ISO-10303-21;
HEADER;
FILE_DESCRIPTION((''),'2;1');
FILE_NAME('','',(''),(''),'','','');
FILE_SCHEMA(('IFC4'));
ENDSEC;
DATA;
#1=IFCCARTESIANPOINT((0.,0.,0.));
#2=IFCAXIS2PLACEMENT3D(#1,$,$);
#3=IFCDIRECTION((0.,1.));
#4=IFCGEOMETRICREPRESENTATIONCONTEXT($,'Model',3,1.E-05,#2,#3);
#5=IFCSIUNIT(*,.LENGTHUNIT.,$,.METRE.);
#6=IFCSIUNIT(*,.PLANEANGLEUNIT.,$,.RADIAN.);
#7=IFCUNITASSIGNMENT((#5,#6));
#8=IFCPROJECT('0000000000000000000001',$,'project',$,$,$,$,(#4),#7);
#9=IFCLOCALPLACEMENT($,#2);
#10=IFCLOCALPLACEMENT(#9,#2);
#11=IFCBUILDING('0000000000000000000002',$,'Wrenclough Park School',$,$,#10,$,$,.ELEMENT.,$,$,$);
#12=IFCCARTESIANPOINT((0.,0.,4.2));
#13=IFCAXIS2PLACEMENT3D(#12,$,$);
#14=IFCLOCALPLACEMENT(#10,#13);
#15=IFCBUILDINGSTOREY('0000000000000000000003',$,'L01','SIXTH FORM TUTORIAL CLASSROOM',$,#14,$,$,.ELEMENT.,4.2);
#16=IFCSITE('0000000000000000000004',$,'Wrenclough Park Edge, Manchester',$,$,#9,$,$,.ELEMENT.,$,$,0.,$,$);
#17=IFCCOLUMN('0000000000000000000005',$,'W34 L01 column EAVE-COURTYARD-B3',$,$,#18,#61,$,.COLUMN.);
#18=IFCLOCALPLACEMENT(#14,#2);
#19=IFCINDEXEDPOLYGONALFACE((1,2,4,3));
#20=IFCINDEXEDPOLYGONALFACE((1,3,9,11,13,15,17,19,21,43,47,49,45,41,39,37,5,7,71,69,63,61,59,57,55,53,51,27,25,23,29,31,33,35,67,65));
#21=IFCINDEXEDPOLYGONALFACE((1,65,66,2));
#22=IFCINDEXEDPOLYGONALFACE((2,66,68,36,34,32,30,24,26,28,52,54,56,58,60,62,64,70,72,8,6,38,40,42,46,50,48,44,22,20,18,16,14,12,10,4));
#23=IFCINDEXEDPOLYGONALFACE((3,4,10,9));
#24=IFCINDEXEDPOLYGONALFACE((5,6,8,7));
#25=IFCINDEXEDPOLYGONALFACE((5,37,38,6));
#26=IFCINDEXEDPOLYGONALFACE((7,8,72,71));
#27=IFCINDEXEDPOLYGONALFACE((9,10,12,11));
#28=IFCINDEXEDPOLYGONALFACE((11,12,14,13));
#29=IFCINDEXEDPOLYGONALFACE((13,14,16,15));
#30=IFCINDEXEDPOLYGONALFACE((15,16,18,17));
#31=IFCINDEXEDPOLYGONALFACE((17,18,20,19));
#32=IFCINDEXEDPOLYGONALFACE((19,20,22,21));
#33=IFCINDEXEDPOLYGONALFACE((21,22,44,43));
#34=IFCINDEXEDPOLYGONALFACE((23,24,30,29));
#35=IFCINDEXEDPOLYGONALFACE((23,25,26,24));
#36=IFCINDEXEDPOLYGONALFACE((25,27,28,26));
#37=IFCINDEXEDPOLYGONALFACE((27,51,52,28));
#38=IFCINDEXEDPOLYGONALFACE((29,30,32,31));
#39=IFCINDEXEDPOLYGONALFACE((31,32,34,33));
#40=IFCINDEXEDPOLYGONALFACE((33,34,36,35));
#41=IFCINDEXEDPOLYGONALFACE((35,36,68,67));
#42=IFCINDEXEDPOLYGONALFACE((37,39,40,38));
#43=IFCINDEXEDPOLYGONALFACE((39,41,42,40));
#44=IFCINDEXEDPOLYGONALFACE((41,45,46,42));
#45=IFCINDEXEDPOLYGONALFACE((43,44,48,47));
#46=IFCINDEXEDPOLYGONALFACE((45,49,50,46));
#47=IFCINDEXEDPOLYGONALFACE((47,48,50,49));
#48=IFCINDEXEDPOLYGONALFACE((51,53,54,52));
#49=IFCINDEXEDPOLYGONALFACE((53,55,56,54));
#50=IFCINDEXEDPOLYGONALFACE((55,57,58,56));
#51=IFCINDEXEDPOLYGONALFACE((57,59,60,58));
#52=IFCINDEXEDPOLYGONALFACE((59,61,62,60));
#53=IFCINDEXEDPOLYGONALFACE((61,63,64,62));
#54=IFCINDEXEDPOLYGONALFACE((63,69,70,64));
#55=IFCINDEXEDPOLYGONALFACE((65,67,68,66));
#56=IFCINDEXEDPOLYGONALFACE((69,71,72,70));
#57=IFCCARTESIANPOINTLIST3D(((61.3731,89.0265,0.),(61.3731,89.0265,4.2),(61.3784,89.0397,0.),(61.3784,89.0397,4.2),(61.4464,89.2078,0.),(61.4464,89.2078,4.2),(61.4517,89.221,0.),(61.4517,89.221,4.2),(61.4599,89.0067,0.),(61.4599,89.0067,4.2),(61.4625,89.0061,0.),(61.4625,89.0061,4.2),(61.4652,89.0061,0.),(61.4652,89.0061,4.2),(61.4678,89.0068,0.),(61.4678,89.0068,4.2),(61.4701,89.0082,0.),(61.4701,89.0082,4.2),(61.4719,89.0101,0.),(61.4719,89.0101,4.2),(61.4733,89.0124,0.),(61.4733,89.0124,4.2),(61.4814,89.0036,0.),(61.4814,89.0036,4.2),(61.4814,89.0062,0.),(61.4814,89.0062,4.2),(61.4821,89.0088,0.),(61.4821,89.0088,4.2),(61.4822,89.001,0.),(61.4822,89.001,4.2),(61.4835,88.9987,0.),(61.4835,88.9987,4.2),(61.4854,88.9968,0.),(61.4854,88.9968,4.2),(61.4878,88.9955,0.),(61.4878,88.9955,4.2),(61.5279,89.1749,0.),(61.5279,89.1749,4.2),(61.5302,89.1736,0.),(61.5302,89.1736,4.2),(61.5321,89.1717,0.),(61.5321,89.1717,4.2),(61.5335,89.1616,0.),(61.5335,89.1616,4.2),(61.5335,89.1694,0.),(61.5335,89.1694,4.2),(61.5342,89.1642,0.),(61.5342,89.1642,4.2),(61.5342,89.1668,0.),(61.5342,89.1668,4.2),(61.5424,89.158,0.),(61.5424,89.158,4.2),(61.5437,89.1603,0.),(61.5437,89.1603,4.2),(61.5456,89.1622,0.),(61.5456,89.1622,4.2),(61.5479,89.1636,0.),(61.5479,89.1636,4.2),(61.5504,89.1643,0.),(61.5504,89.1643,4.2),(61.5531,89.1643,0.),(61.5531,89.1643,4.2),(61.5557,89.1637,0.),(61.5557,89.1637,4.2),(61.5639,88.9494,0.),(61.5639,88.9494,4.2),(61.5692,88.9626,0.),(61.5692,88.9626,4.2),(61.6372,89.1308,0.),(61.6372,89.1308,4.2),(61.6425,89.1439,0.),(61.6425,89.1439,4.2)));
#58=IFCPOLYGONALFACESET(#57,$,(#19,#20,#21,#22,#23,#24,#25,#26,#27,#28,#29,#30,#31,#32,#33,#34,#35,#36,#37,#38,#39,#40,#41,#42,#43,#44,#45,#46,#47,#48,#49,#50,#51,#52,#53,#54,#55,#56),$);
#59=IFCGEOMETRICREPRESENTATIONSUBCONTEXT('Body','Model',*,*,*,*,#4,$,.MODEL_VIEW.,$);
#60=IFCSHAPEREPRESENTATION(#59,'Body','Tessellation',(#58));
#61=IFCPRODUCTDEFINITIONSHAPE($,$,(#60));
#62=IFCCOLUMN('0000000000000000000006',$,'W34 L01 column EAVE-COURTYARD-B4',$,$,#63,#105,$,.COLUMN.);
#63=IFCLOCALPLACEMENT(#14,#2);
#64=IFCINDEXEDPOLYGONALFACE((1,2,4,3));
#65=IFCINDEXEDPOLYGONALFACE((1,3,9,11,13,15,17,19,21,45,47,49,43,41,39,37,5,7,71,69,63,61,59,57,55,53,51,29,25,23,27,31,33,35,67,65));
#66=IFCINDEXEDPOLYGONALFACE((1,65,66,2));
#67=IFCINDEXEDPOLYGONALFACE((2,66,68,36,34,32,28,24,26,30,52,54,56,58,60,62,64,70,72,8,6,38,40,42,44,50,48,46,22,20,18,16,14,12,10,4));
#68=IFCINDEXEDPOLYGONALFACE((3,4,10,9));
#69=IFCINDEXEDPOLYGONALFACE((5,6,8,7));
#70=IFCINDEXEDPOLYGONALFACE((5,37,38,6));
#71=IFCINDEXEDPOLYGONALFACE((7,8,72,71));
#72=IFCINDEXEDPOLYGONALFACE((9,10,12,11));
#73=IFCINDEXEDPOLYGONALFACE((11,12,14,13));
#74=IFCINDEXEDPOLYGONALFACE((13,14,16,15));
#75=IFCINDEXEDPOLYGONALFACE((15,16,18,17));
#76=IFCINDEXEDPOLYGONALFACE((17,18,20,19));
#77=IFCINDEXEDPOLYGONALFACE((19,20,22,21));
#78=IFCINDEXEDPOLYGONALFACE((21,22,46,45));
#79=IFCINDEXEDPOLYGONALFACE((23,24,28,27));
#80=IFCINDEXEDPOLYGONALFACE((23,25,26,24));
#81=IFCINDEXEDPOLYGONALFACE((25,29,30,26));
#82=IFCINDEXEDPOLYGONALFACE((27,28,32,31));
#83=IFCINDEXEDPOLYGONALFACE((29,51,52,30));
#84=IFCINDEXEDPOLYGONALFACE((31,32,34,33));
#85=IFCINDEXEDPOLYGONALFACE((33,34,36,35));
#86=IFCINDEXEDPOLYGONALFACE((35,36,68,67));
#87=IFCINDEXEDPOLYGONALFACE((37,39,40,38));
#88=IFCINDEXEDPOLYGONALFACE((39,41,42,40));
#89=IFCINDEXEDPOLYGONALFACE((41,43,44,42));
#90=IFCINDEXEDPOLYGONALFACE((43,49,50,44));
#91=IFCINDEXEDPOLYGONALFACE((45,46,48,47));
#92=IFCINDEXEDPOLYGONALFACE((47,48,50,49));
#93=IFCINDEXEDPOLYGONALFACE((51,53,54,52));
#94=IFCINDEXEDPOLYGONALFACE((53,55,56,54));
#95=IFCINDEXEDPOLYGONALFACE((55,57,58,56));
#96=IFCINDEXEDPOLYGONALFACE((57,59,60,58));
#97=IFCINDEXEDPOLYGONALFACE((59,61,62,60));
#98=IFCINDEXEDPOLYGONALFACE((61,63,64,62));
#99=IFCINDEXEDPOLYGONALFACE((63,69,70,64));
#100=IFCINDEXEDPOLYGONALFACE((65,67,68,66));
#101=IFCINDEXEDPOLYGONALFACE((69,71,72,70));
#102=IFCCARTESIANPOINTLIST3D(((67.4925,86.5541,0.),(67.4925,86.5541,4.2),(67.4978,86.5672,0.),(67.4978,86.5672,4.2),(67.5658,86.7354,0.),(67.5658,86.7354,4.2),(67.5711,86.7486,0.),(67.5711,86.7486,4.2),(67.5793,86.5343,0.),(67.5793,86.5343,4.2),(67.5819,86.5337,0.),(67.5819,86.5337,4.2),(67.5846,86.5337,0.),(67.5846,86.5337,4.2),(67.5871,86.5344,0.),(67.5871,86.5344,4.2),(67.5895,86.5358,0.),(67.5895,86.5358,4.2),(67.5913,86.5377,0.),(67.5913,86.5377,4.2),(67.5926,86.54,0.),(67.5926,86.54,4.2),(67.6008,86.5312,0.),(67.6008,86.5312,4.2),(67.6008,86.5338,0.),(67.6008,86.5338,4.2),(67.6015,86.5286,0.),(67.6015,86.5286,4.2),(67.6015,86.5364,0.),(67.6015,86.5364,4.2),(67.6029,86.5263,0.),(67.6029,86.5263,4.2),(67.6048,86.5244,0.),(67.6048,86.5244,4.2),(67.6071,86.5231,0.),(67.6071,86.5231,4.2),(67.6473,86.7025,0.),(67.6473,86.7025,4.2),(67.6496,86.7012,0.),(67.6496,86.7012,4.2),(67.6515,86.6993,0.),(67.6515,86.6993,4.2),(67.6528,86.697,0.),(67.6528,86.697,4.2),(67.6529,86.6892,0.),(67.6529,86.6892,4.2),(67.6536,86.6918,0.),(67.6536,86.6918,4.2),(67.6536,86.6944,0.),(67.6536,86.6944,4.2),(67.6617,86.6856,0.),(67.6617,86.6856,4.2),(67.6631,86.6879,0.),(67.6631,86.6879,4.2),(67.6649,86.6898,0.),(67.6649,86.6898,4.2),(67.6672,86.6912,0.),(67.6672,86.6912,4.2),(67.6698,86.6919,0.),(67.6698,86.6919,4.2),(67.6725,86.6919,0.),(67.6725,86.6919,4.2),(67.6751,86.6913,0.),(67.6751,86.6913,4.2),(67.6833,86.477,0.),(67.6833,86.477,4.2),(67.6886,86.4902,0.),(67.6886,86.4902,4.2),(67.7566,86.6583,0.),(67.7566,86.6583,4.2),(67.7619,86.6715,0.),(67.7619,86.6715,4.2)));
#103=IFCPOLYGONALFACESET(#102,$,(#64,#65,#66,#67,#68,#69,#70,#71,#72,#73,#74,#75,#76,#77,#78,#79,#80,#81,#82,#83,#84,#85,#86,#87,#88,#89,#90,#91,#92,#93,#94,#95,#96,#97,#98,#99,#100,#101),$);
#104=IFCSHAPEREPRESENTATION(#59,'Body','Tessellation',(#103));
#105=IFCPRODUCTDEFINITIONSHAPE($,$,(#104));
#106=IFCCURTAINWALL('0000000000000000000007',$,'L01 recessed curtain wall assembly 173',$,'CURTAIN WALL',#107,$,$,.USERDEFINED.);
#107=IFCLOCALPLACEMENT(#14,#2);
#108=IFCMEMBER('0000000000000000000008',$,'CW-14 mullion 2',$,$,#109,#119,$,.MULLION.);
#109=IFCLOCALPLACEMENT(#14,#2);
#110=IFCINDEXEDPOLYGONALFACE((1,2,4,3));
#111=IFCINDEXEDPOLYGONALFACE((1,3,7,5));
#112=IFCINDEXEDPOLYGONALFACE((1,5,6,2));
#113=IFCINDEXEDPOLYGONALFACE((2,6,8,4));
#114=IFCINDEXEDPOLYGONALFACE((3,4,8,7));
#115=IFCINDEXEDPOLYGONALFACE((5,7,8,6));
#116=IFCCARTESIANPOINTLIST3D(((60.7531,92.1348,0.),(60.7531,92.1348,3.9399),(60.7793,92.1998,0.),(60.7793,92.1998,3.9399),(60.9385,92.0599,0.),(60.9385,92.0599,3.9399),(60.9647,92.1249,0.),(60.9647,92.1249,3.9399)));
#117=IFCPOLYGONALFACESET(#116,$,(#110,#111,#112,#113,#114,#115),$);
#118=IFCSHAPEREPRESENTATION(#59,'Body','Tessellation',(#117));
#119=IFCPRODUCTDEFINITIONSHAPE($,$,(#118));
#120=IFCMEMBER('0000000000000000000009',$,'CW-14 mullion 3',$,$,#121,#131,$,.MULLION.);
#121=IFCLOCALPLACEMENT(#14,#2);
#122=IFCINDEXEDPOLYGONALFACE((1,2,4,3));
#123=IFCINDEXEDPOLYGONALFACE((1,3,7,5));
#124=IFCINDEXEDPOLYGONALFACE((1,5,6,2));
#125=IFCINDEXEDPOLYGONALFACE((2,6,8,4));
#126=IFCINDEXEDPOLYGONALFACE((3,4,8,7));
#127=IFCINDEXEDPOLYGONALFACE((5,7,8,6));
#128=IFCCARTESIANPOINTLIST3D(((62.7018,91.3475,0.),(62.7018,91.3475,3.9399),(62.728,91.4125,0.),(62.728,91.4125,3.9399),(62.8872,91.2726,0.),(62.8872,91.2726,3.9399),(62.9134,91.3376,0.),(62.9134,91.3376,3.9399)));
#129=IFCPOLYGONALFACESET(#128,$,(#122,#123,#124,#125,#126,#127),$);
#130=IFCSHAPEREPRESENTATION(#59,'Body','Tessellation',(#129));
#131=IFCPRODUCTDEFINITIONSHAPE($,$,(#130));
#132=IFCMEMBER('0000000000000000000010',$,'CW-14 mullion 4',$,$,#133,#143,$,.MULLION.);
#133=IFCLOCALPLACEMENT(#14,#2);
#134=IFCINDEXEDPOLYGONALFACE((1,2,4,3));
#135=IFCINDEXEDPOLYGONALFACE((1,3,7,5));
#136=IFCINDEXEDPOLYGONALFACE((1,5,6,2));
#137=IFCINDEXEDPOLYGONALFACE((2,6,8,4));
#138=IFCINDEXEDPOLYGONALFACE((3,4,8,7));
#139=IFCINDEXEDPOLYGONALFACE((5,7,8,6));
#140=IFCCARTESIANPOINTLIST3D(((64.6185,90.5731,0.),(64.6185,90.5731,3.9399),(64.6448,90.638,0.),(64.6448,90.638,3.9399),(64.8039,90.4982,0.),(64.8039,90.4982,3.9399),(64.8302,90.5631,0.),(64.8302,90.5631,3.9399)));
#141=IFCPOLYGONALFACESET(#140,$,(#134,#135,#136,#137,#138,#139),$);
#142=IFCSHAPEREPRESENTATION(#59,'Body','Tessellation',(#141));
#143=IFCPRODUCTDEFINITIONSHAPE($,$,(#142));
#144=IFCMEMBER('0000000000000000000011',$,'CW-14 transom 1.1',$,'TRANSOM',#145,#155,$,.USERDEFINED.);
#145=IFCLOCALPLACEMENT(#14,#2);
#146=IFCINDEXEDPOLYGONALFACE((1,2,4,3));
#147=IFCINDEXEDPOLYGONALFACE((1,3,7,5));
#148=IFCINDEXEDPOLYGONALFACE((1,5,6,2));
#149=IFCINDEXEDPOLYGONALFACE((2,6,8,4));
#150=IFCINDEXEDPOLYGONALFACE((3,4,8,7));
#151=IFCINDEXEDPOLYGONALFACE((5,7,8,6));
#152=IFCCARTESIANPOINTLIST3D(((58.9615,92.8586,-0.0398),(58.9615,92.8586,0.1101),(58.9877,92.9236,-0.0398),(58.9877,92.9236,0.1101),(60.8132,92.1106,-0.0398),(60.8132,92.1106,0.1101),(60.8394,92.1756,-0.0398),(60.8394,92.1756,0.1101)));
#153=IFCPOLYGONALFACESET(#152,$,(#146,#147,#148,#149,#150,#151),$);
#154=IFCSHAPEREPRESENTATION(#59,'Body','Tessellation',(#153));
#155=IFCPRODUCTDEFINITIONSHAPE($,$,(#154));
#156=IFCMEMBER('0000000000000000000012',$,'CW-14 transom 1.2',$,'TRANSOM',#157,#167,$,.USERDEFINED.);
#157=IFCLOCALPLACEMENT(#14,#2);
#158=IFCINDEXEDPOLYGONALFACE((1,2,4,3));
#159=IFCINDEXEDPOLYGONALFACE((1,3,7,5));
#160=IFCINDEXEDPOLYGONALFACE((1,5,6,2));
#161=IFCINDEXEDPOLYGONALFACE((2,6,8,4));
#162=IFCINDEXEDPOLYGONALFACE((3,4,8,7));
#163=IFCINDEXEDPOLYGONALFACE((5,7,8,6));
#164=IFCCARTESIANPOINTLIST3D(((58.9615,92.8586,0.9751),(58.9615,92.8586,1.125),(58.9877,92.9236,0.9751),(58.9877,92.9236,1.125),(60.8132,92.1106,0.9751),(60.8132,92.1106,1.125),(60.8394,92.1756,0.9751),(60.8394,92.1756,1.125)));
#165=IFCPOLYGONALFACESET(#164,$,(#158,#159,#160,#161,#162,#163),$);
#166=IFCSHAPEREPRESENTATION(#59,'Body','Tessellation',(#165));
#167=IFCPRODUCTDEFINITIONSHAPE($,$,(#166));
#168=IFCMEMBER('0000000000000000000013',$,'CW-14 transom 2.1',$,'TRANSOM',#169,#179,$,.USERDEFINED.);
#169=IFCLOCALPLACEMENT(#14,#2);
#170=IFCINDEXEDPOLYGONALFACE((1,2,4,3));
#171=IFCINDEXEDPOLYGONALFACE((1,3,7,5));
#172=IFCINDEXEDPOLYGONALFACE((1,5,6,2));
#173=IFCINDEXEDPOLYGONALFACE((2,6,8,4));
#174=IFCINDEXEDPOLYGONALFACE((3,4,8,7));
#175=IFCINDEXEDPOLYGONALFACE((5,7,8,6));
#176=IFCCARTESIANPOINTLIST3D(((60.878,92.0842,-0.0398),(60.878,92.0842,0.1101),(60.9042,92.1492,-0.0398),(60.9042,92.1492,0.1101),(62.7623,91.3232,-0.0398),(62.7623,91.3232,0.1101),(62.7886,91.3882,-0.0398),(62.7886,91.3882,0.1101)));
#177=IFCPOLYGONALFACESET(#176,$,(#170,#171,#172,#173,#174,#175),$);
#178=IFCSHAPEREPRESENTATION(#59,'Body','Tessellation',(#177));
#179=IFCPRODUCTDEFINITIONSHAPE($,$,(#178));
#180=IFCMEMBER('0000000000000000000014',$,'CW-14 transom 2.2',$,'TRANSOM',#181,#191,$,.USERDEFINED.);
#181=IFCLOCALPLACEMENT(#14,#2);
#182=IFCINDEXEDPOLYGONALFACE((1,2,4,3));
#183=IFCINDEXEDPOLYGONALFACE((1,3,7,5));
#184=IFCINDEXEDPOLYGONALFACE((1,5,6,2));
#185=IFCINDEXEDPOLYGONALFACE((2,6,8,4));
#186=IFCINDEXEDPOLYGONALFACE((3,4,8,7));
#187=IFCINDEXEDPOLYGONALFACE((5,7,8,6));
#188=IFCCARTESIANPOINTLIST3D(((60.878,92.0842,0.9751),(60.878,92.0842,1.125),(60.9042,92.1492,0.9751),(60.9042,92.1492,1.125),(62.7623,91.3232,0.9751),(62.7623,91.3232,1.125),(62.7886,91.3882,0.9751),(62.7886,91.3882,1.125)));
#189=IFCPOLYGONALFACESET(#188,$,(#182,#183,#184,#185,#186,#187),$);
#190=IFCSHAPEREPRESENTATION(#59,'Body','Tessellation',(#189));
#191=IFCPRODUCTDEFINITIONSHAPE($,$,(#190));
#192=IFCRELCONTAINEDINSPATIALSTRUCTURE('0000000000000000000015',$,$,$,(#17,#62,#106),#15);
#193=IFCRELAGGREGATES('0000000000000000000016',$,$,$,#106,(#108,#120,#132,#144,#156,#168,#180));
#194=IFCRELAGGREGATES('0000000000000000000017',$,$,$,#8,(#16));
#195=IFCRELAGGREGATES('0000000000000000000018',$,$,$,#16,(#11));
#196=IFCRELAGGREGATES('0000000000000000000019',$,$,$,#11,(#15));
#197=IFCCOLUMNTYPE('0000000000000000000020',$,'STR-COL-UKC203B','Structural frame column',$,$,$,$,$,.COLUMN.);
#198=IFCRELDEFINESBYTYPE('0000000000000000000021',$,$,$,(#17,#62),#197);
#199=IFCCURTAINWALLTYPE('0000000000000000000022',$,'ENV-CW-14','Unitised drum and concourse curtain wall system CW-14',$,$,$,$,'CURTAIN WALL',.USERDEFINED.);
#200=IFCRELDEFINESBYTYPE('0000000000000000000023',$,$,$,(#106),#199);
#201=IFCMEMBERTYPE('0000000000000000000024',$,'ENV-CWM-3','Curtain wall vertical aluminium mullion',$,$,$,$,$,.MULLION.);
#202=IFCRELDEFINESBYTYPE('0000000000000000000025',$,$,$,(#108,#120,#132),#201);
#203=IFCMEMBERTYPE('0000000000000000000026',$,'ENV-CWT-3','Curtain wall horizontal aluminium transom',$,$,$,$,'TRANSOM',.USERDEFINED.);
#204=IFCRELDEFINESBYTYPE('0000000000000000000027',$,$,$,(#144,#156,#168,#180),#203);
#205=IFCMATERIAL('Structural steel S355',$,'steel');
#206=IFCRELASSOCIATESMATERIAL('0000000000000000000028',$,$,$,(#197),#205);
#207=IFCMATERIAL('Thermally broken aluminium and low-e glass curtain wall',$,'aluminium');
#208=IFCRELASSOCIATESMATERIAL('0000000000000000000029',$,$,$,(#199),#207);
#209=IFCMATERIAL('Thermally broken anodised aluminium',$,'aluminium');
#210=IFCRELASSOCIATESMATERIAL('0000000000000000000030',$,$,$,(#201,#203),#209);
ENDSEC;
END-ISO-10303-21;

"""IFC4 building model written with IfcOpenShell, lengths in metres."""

from ifc_helpers import new_model, si_unit, direction, frame, origin, origin_2d, place, context, subcontext, project, spatial, rectangle, i_section, extrude, material, material_profile, profile_set, type_object, element, aggregate, save


model = new_model("IFC4")

# Units and contexts
model_context = context("Model", 3, precision=1e-05, world=origin(), true_north=direction((0.0, 1.0)))
body_context = subcontext(model_context, "Body", "Model", "MODEL_VIEW")
ifc_project = project(units=[si_unit("LENGTHUNIT", "METRE"), si_unit("PLANEANGLEUNIT", "RADIAN")], contexts=[model_context])

# Site, building, storey
site_placement = place(None, origin())
site = spatial("IfcSite", under=ifc_project, at=site_placement, Name="Wrenclough Park Edge, Manchester", CompositionType="ELEMENT", RefElevation=0.0)
building_placement = place(site_placement, origin())
building = spatial("IfcBuilding", under=site, at=building_placement, Name="Wrenclough Park School", CompositionType="ELEMENT")
storey_placement = place(building_placement, frame((0.0, 0.0, 4.2)))
storey = spatial("IfcBuildingStorey", under=building, at=storey_placement, Name="L01", Description="SIXTH FORM TUTORIAL CLASSROOM", CompositionType="ELEMENT", Elevation=4.2)

# Columns
ifc_material_1 = material(Name="Structural steel S355", Category="steel")
ifc_material_profile_1 = material_profile(ifc_material_1, i_section(OverallWidth=0.2058, OverallDepth=0.2097, WebThickness=0.0095, FlangeThickness=0.0142, FilletRadius=0.0103, at=origin_2d()), Name="UKC 203x203x60")
ifc_profile_set_1 = profile_set([ifc_material_profile_1], Name="Structural steel S355")
column_type = type_object("IfcColumnType", Name="STR-COL-UKC203B", Description="Structural frame column", PredefinedType="COLUMN", material=ifc_profile_set_1)
for number, where, z_axis, x_axis, name in (
    (1, (61.5078, 89.0852, 0.0), (0.0, 0.0, 1.0), (0.927184, -0.374607, 0.0), "W34 L01 column EAVE-COURTYARD-B3"),
    (2, (67.6272, 86.6128, 0.0), (0.0, 0.0, 1.0), (0.927184, -0.374607, 0.0), "W34 L01 column EAVE-COURTYARD-B4"),
):
    element("IfcColumn", number, at=place(storey_placement, frame(where, z_axis=z_axis, x_axis=x_axis)), inside=storey, type_object=column_type, Name=name, PredefinedType="COLUMN", context=body_context, shape_type="SweptSolid", body=[
        extrude(i_section(OverallWidth=0.2058, OverallDepth=0.2097, WebThickness=0.0095, FlangeThickness=0.0142, FilletRadius=0.0103, at=origin_2d()), origin(), (0.0, 0.0, 1.0), 4.2),
    ])

# Curtain wall, members
ifc_material_2 = material(Name="Thermally broken aluminium and low-e glass curtain wall", Category="aluminium")
curtain_wall_type = type_object("IfcCurtainWallType", Name="ENV-CW-14", Description="Unitised drum and concourse curtain wall system CW-14", ElementType="CURTAIN WALL", PredefinedType="USERDEFINED", material=ifc_material_2)
curtain_wall_placement = place(storey_placement, origin())
curtain_wall = element("IfcCurtainWall", 3, at=curtain_wall_placement, inside=storey, type_object=curtain_wall_type, Name="L01 recessed curtain wall assembly 173", ObjectType="CURTAIN WALL", PredefinedType="USERDEFINED")
ifc_material_3 = material(Name="Thermally broken anodised aluminium", Category="aluminium")
ifc_material_profile_2 = material_profile(ifc_material_3, rectangle(XDim=0.0701, YDim=0.2, at=origin_2d()), Name="AL MULLION 70x200")
ifc_profile_set_2 = profile_set([ifc_material_profile_2], Name="Thermally broken anodised aluminium")
member_type_1 = type_object("IfcMemberType", Name="ENV-CWM-3", Description="Curtain wall vertical aluminium mullion", PredefinedType="MULLION", material=ifc_profile_set_2)
member_1_placement = place(storey_placement, frame((60.8589, 92.1299, 0.0), z_axis=(0.0, 0.0, 1.0), x_axis=(0.374593, 0.927189, 0.0)))
member_1 = element("IfcMember", 4, at=member_1_placement, type_object=member_type_1, Name="CW-14 mullion 2", PredefinedType="MULLION", context=body_context, shape_type="SweptSolid", body=[
    extrude(rectangle(XDim=0.0701, YDim=0.2, at=origin_2d()), origin(), (0.0, 0.0, 1.0), 3.9399),
])
member_2_placement = place(storey_placement, frame((62.8076, 91.3425, 0.0), z_axis=(0.0, 0.0, 1.0), x_axis=(0.374593, 0.927189, 0.0)))
member_2 = element("IfcMember", 5, at=member_2_placement, type_object=member_type_1, Name="CW-14 mullion 3", PredefinedType="MULLION", context=body_context, shape_type="SweptSolid", body=[
    extrude(rectangle(XDim=0.0701, YDim=0.2, at=origin_2d()), origin(), (0.0, 0.0, 1.0), 3.9399),
])
member_3_placement = place(storey_placement, frame((64.7244, 90.5681, 0.0), z_axis=(0.0, 0.0, 1.0), x_axis=(0.374593, 0.927189, 0.0)))
member_3 = element("IfcMember", 6, at=member_3_placement, type_object=member_type_1, Name="CW-14 mullion 4", PredefinedType="MULLION", context=body_context, shape_type="SweptSolid", body=[
    extrude(rectangle(XDim=0.0701, YDim=0.2, at=origin_2d()), origin(), (0.0, 0.0, 1.0), 3.9399),
])
ifc_material_profile_3 = material_profile(ifc_material_3, rectangle(XDim=0.0701, YDim=0.1499, at=origin_2d()), Name="AL TRANSOM 70x150")
ifc_profile_set_3 = profile_set([ifc_material_profile_3], Name="Thermally broken anodised aluminium")
member_type_2 = type_object("IfcMemberType", Name="ENV-CWT-3", Description="Curtain wall horizontal aluminium transom", ElementType="TRANSOM", PredefinedType="USERDEFINED", material=ifc_profile_set_3)
member_4_placement = place(storey_placement, frame((58.9746, 92.8911, 0.0352), z_axis=(0.927207, -0.37455, 0.0), x_axis=(0.37455, 0.927207, 0.0)))
member_4 = element("IfcMember", 7, at=member_4_placement, type_object=member_type_2, Name="CW-14 transom 1.1", ObjectType="TRANSOM", PredefinedType="USERDEFINED", context=body_context, shape_type="SweptSolid", body=[
    extrude(rectangle(XDim=0.0701, YDim=0.1499, at=origin_2d()), origin(), (0.0, 0.0, 1.0), 1.9971),
])
member_5_placement = place(storey_placement, frame((58.9746, 92.8911, 1.05), z_axis=(0.927207, -0.37455, 0.0), x_axis=(0.37455, 0.927207, 0.0)))
member_5 = element("IfcMember", 8, at=member_5_placement, type_object=member_type_2, Name="CW-14 transom 1.2", ObjectType="TRANSOM", PredefinedType="USERDEFINED", context=body_context, shape_type="SweptSolid", body=[
    extrude(rectangle(XDim=0.0701, YDim=0.1499, at=origin_2d()), origin(), (0.0, 0.0, 1.0), 1.9971),
])
member_6_placement = place(storey_placement, frame((60.8911, 92.1167, 0.0352), z_axis=(0.927237, -0.374475, 0.0), x_axis=(0.374475, 0.927237, 0.0)))
member_6 = element("IfcMember", 9, at=member_6_placement, type_object=member_type_2, Name="CW-14 transom 2.1", ObjectType="TRANSOM", PredefinedType="USERDEFINED", context=body_context, shape_type="SweptSolid", body=[
    extrude(rectangle(XDim=0.0701, YDim=0.1499, at=origin_2d()), origin(), (0.0, 0.0, 1.0), 2.0322),
])
member_7_placement = place(storey_placement, frame((60.8911, 92.1167, 1.05), z_axis=(0.927237, -0.374475, 0.0), x_axis=(0.374475, 0.927237, 0.0)))
member_7 = element("IfcMember", 10, at=member_7_placement, type_object=member_type_2, Name="CW-14 transom 2.2", ObjectType="TRANSOM", PredefinedType="USERDEFINED", context=body_context, shape_type="SweptSolid", body=[
    extrude(rectangle(XDim=0.0701, YDim=0.1499, at=origin_2d()), origin(), (0.0, 0.0, 1.0), 2.0322),
])

aggregate(curtain_wall, [member_1, member_2, member_3, member_4, member_5, member_6, member_7])

save(model, "model.ifc")
